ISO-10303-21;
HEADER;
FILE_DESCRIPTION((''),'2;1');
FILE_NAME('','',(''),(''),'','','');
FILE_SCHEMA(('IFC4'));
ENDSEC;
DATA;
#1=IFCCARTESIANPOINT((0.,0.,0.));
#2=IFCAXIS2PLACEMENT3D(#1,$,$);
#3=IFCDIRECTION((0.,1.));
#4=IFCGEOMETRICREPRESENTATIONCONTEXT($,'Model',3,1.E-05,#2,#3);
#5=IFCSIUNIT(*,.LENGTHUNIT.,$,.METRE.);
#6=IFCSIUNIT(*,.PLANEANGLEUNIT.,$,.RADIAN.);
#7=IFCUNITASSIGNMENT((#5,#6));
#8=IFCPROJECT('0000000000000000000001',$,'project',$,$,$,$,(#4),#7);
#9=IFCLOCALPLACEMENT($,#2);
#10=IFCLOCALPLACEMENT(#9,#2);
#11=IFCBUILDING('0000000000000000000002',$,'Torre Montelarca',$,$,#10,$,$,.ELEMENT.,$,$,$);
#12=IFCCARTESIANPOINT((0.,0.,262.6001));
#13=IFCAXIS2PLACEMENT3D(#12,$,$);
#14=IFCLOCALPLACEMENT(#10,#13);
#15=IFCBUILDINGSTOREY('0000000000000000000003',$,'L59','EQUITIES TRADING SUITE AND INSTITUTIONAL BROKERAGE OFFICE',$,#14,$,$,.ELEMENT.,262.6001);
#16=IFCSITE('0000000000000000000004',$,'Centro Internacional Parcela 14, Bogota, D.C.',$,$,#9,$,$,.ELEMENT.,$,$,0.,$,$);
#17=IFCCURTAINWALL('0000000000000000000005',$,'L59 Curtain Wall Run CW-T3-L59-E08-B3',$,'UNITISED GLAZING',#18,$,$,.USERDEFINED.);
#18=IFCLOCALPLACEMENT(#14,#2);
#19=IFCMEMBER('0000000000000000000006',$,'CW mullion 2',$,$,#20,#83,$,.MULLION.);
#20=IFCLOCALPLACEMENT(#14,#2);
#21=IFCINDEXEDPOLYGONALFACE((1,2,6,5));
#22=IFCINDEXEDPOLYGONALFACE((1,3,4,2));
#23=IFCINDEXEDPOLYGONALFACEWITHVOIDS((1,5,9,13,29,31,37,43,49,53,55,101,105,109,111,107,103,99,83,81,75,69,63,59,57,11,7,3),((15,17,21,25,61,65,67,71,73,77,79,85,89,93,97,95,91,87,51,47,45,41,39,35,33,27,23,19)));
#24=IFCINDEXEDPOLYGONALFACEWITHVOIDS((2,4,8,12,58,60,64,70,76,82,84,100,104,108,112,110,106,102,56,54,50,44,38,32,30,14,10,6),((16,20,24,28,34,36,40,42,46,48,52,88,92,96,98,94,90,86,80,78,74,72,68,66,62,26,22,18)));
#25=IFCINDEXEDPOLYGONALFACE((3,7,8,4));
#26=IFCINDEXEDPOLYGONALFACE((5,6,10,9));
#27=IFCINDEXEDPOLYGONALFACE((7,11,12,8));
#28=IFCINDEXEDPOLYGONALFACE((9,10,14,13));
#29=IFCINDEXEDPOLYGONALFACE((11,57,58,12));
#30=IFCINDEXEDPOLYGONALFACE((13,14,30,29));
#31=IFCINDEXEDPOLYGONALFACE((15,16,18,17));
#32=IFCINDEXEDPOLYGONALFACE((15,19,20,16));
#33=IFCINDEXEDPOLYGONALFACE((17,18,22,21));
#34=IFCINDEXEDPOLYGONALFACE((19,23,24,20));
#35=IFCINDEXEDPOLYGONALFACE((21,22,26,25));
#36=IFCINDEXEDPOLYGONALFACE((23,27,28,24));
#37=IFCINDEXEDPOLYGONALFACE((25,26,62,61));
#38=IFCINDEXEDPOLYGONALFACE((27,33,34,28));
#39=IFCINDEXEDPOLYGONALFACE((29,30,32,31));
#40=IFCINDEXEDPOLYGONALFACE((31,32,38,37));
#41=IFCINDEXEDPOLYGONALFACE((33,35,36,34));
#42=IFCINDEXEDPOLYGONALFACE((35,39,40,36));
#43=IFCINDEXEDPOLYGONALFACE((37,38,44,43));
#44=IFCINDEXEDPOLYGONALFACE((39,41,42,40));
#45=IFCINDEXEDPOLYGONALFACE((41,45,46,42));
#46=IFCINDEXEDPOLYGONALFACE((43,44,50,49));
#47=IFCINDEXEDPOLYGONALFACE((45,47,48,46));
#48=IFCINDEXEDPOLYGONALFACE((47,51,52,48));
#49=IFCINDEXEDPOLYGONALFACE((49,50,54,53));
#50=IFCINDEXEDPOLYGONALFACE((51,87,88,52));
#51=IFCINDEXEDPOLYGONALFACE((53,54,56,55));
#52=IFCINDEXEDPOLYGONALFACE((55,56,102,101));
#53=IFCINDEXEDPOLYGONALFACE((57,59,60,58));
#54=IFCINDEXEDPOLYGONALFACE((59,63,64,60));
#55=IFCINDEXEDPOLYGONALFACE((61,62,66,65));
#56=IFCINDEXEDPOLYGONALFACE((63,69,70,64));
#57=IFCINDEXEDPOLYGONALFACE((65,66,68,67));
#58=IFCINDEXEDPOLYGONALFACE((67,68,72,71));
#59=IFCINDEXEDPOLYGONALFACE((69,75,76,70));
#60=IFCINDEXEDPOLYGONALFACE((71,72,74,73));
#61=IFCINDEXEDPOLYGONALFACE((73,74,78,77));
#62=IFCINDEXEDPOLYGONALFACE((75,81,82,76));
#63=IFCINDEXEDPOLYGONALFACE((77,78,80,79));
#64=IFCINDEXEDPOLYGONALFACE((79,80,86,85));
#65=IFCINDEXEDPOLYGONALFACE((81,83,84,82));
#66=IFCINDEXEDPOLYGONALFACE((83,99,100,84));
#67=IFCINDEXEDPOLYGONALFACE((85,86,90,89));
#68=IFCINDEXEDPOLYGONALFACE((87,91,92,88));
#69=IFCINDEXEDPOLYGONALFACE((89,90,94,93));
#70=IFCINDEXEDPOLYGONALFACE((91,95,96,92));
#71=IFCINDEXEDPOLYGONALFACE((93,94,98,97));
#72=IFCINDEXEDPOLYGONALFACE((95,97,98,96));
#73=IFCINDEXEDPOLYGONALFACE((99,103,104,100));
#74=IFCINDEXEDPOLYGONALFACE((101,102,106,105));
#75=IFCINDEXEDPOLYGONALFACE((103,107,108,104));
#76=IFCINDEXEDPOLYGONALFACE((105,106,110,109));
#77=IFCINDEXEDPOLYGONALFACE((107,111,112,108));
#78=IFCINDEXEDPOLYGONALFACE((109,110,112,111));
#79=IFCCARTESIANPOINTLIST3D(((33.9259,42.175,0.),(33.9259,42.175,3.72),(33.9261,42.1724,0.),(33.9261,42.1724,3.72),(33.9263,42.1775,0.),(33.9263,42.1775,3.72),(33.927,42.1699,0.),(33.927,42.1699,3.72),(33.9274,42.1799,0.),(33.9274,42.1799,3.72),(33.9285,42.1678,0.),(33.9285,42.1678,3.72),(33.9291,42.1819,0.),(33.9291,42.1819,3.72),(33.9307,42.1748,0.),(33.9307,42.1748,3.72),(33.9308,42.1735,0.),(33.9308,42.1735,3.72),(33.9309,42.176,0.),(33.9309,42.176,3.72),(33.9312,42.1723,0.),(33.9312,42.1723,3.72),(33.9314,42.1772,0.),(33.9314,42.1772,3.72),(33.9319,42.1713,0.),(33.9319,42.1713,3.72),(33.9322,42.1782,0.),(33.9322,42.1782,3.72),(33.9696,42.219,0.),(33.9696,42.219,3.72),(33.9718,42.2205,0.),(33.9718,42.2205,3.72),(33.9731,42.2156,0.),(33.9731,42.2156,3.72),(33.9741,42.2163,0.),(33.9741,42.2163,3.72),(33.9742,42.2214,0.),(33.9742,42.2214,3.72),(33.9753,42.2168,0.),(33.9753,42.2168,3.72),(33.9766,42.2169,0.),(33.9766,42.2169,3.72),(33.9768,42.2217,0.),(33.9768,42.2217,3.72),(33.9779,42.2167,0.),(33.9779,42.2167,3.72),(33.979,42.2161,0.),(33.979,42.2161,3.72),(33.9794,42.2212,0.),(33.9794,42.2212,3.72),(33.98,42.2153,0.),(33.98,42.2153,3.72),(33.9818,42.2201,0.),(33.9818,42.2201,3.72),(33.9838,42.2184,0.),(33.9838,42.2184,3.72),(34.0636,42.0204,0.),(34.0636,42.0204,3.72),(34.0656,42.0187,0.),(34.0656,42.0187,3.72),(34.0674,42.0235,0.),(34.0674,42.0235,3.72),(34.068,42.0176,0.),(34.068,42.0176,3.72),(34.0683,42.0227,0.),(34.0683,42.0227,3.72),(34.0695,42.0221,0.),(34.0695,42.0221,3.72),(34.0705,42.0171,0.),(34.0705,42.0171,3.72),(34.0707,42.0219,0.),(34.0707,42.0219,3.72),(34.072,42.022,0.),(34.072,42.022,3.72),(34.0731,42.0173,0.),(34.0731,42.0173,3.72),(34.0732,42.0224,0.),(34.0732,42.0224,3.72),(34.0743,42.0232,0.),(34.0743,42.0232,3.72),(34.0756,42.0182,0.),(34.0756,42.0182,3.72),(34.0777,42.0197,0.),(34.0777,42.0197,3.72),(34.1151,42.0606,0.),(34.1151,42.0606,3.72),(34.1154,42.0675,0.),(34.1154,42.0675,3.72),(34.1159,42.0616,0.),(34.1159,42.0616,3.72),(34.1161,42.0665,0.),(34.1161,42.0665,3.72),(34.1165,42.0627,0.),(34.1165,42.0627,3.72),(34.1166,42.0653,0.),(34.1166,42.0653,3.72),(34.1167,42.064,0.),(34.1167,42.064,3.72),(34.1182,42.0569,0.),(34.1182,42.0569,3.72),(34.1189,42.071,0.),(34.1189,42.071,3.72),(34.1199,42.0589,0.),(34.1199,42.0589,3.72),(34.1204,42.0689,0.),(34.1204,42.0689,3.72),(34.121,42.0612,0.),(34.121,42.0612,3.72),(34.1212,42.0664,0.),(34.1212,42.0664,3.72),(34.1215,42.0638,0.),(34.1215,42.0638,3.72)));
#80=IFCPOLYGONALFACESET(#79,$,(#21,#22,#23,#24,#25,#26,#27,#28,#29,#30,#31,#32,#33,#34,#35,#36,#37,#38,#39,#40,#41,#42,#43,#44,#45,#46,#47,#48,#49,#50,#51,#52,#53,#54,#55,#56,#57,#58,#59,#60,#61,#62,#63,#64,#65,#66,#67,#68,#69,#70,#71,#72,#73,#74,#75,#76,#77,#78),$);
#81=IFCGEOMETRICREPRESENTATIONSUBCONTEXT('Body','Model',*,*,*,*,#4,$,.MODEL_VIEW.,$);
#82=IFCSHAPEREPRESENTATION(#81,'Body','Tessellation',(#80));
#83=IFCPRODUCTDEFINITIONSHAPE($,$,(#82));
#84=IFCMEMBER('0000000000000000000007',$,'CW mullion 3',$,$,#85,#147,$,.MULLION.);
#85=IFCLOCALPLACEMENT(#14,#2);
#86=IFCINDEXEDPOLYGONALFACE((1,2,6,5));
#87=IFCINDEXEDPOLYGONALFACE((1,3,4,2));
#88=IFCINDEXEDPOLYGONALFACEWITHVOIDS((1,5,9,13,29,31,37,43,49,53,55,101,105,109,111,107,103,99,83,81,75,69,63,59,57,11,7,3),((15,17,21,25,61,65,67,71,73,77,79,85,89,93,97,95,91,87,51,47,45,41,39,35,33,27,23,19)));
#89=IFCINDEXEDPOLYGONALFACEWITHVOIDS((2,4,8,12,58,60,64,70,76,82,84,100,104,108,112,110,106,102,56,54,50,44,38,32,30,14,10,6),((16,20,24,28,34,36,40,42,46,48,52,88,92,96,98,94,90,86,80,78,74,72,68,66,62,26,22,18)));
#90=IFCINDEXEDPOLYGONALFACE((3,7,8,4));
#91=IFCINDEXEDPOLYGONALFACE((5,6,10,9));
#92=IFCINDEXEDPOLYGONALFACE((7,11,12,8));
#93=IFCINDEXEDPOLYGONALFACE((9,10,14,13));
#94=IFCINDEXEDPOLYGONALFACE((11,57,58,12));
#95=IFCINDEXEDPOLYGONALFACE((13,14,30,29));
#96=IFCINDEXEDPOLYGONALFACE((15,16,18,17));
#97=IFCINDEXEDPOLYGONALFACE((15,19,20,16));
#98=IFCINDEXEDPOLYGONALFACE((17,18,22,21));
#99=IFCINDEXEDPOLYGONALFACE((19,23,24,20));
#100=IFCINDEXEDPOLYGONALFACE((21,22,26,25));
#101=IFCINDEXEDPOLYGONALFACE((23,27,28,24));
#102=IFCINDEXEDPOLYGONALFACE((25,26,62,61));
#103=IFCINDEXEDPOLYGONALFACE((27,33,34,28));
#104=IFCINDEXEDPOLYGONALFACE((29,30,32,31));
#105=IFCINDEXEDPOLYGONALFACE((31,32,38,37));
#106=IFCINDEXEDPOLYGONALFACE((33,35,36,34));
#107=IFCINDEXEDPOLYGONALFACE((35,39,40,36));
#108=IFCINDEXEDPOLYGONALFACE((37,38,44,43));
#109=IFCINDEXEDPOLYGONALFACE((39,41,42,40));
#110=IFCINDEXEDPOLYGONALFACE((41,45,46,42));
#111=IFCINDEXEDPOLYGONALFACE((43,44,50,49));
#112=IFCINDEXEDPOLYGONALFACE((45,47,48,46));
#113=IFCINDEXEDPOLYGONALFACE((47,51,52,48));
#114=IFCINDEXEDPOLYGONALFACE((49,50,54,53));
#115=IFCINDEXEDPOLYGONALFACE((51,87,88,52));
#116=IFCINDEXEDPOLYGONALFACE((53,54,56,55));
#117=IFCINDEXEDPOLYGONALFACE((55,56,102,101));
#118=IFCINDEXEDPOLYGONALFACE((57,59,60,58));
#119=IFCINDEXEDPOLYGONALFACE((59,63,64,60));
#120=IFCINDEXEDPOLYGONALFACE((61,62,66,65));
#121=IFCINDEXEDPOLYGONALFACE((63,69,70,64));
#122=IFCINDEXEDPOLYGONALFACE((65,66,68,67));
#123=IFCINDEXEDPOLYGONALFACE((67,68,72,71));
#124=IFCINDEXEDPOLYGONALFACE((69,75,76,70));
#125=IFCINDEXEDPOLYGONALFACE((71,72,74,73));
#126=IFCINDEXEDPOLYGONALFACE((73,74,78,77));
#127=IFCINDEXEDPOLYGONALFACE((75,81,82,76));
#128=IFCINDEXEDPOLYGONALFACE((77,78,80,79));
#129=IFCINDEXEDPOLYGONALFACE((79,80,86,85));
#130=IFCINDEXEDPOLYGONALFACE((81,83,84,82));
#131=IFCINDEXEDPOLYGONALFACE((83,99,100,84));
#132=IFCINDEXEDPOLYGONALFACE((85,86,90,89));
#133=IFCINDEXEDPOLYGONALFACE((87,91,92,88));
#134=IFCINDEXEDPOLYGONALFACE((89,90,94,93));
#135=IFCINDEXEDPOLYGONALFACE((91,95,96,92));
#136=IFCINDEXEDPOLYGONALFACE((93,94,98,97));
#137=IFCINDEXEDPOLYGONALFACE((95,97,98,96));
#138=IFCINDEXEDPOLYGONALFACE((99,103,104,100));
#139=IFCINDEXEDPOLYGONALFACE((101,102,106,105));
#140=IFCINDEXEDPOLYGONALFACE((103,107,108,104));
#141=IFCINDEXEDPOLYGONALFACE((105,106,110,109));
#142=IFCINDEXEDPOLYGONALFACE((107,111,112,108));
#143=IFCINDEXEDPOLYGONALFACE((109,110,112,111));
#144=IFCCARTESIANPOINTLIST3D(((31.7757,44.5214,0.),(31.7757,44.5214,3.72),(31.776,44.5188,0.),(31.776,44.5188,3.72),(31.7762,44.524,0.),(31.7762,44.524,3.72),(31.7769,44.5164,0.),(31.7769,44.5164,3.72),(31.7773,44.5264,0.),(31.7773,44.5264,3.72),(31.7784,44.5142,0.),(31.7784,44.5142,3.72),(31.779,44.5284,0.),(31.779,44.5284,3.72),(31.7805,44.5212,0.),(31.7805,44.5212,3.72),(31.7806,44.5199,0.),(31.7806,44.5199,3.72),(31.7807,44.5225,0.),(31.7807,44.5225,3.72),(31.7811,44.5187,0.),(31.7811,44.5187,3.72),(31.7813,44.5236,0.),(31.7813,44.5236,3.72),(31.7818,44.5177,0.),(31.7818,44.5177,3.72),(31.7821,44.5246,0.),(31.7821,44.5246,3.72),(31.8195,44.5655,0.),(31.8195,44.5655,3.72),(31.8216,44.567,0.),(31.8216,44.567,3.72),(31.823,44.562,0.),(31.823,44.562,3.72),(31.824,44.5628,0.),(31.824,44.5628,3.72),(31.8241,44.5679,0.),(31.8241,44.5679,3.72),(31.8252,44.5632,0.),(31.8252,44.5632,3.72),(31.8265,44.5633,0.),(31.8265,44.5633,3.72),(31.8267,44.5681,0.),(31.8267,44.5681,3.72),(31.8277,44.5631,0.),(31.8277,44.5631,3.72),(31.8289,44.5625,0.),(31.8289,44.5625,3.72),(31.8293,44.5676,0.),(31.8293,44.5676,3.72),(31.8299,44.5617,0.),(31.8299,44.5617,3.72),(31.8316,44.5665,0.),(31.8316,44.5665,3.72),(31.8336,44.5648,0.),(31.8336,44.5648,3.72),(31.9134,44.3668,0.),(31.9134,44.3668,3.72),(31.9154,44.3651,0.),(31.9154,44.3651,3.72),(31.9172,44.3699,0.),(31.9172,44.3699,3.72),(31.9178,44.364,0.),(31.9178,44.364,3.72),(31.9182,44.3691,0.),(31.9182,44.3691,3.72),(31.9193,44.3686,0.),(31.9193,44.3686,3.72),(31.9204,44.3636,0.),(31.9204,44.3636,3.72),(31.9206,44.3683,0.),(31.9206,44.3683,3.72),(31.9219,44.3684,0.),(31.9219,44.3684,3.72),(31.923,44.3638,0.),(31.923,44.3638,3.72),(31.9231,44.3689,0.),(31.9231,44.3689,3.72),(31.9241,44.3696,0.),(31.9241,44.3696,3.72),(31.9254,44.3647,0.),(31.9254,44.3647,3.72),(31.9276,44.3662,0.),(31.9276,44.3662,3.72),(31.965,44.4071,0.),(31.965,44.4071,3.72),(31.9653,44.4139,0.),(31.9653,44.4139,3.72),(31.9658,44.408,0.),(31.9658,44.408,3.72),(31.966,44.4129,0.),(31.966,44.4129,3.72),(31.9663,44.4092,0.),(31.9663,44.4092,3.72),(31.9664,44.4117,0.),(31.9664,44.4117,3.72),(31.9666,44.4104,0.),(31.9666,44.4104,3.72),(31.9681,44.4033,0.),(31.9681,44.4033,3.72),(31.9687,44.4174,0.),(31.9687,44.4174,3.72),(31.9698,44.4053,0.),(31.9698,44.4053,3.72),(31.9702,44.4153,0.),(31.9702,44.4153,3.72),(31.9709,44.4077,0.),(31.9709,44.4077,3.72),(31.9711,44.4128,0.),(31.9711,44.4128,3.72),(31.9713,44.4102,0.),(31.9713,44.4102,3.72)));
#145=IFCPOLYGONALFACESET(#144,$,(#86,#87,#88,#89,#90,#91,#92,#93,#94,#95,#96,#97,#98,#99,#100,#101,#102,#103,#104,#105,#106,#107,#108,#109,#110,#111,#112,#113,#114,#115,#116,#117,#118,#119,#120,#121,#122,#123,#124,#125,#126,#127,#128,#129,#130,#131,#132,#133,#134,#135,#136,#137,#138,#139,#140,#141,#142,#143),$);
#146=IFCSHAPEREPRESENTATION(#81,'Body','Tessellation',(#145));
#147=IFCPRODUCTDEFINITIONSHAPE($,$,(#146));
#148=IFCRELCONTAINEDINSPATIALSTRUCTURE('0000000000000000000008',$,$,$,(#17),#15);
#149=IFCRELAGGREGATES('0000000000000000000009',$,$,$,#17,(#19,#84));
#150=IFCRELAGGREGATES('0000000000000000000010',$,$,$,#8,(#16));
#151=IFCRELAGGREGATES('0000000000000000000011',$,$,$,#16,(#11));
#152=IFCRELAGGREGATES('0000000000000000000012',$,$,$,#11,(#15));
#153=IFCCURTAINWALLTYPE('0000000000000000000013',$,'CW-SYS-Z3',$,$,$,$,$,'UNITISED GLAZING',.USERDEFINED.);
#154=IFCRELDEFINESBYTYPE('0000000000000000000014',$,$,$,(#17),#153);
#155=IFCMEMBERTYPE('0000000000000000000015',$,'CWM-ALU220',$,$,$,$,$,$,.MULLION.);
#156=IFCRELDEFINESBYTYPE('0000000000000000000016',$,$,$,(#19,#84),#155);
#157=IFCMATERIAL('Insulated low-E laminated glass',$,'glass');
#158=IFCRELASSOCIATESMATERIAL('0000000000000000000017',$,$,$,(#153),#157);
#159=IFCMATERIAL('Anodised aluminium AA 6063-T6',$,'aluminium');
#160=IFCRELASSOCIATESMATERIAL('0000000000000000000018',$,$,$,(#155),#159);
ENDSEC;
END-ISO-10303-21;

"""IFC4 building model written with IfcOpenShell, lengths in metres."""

from ifc_helpers import new_model, si_unit, direction, frame, origin, origin_2d, place, context, subcontext, project, spatial, hollow_rectangle, extrude, source, transform, mapped, material, material_profile, profile_set, type_object, element, aggregate, save


model = new_model("IFC4")

# Units and contexts
model_context = context("Model", 3, precision=1e-05, world=origin(), true_north=direction((0.0, 1.0)))
body_context = subcontext(model_context, "Body", "Model", "MODEL_VIEW")
ifc_project = project(units=[si_unit("LENGTHUNIT", "METRE"), si_unit("PLANEANGLEUNIT", "RADIAN")], contexts=[model_context])

# Site, building, storey
site_placement = place(None, origin())
site = spatial("IfcSite", under=ifc_project, at=site_placement, Name="Centro Internacional Parcela 14, Bogota, D.C.", CompositionType="ELEMENT", RefElevation=0.0)
building_placement = place(site_placement, origin())
building = spatial("IfcBuilding", under=site, at=building_placement, Name="Torre Montelarca", CompositionType="ELEMENT")
storey_placement = place(building_placement, frame((0.0, 0.0, 262.6001)))
storey = spatial("IfcBuildingStorey", under=building, at=storey_placement, Name="L59", Description="EQUITIES TRADING SUITE AND INSTITUTIONAL BROKERAGE OFFICE", CompositionType="ELEMENT", Elevation=262.6001)

# Shared definitions
ifc_material_1 = material(Name="Insulated low-E laminated glass", Category="glass")
curtain_wall_type = type_object("IfcCurtainWallType", Name="CW-SYS-Z3", ElementType="UNITISED GLAZING", PredefinedType="USERDEFINED", material=ifc_material_1)
ifc_material_2 = material(Name="Anodised aluminium AA 6063-T6", Category="aluminium")
ifc_material_profile_1 = material_profile(ifc_material_2, hollow_rectangle(XDim=0.075, YDim=0.22, WallThickness=0.0049, InnerFilletRadius=0.0049, OuterFilletRadius=0.01, at=origin_2d()), Name="ALU75X220X5", Category="aluminium")
ifc_profile_set_1 = profile_set([ifc_material_profile_1], Name="Anodised aluminium AA 6063-T6")
member_type_1 = type_object("IfcMemberType", Name="CWM-ALU220", PredefinedType="MULLION", material=ifc_profile_set_1)
shared_shape_1 = source(origin(), body_context, "Body", "SweptSolid", [
    extrude(hollow_rectangle(XDim=0.075, YDim=0.22, WallThickness=0.0049, InnerFilletRadius=0.0049, OuterFilletRadius=0.01, at=origin_2d()), origin(), (0.0, 0.0, 1.0), 3.72),
])

# Curtain wall, members
curtain_wall_1_placement = place(storey_placement, origin())
curtain_wall_1 = element("IfcCurtainWall", 1, at=curtain_wall_1_placement, inside=storey, type_object=curtain_wall_type, Name="L59 Curtain Wall Run CW-T3-L59-E08-B3", ObjectType="UNITISED GLAZING", PredefinedType="USERDEFINED")
member_1_placement = place(storey_placement, frame((34.0237, 42.1194, 0.0), z_axis=(0.0, 0.0, 1.0), x_axis=(-0.73728, -0.675588, 0.0)))
member_1 = element("IfcMember", 2, at=member_1_placement, type_object=member_type_1, Name="CW mullion 2", PredefinedType="MULLION", context=body_context, shape_type="MappedRepresentation", body=[
    mapped(shared_shape_1, transform((0.0, 0.0, 0.0), scale=1.0)),
])
member_2_placement = place(storey_placement, frame((31.8735, 44.4658, 0.0), z_axis=(0.0, 0.0, 1.0), x_axis=(-0.73728, -0.675588, 0.0)))
member_2 = element("IfcMember", 3, at=member_2_placement, type_object=member_type_1, Name="CW mullion 3", PredefinedType="MULLION", context=body_context, shape_type="MappedRepresentation", body=[
    mapped(shared_shape_1, transform((0.0, 0.0, 0.0), scale=1.0)),
])

aggregate(curtain_wall_1, [member_1, member_2])

save(model, "model.ifc")
